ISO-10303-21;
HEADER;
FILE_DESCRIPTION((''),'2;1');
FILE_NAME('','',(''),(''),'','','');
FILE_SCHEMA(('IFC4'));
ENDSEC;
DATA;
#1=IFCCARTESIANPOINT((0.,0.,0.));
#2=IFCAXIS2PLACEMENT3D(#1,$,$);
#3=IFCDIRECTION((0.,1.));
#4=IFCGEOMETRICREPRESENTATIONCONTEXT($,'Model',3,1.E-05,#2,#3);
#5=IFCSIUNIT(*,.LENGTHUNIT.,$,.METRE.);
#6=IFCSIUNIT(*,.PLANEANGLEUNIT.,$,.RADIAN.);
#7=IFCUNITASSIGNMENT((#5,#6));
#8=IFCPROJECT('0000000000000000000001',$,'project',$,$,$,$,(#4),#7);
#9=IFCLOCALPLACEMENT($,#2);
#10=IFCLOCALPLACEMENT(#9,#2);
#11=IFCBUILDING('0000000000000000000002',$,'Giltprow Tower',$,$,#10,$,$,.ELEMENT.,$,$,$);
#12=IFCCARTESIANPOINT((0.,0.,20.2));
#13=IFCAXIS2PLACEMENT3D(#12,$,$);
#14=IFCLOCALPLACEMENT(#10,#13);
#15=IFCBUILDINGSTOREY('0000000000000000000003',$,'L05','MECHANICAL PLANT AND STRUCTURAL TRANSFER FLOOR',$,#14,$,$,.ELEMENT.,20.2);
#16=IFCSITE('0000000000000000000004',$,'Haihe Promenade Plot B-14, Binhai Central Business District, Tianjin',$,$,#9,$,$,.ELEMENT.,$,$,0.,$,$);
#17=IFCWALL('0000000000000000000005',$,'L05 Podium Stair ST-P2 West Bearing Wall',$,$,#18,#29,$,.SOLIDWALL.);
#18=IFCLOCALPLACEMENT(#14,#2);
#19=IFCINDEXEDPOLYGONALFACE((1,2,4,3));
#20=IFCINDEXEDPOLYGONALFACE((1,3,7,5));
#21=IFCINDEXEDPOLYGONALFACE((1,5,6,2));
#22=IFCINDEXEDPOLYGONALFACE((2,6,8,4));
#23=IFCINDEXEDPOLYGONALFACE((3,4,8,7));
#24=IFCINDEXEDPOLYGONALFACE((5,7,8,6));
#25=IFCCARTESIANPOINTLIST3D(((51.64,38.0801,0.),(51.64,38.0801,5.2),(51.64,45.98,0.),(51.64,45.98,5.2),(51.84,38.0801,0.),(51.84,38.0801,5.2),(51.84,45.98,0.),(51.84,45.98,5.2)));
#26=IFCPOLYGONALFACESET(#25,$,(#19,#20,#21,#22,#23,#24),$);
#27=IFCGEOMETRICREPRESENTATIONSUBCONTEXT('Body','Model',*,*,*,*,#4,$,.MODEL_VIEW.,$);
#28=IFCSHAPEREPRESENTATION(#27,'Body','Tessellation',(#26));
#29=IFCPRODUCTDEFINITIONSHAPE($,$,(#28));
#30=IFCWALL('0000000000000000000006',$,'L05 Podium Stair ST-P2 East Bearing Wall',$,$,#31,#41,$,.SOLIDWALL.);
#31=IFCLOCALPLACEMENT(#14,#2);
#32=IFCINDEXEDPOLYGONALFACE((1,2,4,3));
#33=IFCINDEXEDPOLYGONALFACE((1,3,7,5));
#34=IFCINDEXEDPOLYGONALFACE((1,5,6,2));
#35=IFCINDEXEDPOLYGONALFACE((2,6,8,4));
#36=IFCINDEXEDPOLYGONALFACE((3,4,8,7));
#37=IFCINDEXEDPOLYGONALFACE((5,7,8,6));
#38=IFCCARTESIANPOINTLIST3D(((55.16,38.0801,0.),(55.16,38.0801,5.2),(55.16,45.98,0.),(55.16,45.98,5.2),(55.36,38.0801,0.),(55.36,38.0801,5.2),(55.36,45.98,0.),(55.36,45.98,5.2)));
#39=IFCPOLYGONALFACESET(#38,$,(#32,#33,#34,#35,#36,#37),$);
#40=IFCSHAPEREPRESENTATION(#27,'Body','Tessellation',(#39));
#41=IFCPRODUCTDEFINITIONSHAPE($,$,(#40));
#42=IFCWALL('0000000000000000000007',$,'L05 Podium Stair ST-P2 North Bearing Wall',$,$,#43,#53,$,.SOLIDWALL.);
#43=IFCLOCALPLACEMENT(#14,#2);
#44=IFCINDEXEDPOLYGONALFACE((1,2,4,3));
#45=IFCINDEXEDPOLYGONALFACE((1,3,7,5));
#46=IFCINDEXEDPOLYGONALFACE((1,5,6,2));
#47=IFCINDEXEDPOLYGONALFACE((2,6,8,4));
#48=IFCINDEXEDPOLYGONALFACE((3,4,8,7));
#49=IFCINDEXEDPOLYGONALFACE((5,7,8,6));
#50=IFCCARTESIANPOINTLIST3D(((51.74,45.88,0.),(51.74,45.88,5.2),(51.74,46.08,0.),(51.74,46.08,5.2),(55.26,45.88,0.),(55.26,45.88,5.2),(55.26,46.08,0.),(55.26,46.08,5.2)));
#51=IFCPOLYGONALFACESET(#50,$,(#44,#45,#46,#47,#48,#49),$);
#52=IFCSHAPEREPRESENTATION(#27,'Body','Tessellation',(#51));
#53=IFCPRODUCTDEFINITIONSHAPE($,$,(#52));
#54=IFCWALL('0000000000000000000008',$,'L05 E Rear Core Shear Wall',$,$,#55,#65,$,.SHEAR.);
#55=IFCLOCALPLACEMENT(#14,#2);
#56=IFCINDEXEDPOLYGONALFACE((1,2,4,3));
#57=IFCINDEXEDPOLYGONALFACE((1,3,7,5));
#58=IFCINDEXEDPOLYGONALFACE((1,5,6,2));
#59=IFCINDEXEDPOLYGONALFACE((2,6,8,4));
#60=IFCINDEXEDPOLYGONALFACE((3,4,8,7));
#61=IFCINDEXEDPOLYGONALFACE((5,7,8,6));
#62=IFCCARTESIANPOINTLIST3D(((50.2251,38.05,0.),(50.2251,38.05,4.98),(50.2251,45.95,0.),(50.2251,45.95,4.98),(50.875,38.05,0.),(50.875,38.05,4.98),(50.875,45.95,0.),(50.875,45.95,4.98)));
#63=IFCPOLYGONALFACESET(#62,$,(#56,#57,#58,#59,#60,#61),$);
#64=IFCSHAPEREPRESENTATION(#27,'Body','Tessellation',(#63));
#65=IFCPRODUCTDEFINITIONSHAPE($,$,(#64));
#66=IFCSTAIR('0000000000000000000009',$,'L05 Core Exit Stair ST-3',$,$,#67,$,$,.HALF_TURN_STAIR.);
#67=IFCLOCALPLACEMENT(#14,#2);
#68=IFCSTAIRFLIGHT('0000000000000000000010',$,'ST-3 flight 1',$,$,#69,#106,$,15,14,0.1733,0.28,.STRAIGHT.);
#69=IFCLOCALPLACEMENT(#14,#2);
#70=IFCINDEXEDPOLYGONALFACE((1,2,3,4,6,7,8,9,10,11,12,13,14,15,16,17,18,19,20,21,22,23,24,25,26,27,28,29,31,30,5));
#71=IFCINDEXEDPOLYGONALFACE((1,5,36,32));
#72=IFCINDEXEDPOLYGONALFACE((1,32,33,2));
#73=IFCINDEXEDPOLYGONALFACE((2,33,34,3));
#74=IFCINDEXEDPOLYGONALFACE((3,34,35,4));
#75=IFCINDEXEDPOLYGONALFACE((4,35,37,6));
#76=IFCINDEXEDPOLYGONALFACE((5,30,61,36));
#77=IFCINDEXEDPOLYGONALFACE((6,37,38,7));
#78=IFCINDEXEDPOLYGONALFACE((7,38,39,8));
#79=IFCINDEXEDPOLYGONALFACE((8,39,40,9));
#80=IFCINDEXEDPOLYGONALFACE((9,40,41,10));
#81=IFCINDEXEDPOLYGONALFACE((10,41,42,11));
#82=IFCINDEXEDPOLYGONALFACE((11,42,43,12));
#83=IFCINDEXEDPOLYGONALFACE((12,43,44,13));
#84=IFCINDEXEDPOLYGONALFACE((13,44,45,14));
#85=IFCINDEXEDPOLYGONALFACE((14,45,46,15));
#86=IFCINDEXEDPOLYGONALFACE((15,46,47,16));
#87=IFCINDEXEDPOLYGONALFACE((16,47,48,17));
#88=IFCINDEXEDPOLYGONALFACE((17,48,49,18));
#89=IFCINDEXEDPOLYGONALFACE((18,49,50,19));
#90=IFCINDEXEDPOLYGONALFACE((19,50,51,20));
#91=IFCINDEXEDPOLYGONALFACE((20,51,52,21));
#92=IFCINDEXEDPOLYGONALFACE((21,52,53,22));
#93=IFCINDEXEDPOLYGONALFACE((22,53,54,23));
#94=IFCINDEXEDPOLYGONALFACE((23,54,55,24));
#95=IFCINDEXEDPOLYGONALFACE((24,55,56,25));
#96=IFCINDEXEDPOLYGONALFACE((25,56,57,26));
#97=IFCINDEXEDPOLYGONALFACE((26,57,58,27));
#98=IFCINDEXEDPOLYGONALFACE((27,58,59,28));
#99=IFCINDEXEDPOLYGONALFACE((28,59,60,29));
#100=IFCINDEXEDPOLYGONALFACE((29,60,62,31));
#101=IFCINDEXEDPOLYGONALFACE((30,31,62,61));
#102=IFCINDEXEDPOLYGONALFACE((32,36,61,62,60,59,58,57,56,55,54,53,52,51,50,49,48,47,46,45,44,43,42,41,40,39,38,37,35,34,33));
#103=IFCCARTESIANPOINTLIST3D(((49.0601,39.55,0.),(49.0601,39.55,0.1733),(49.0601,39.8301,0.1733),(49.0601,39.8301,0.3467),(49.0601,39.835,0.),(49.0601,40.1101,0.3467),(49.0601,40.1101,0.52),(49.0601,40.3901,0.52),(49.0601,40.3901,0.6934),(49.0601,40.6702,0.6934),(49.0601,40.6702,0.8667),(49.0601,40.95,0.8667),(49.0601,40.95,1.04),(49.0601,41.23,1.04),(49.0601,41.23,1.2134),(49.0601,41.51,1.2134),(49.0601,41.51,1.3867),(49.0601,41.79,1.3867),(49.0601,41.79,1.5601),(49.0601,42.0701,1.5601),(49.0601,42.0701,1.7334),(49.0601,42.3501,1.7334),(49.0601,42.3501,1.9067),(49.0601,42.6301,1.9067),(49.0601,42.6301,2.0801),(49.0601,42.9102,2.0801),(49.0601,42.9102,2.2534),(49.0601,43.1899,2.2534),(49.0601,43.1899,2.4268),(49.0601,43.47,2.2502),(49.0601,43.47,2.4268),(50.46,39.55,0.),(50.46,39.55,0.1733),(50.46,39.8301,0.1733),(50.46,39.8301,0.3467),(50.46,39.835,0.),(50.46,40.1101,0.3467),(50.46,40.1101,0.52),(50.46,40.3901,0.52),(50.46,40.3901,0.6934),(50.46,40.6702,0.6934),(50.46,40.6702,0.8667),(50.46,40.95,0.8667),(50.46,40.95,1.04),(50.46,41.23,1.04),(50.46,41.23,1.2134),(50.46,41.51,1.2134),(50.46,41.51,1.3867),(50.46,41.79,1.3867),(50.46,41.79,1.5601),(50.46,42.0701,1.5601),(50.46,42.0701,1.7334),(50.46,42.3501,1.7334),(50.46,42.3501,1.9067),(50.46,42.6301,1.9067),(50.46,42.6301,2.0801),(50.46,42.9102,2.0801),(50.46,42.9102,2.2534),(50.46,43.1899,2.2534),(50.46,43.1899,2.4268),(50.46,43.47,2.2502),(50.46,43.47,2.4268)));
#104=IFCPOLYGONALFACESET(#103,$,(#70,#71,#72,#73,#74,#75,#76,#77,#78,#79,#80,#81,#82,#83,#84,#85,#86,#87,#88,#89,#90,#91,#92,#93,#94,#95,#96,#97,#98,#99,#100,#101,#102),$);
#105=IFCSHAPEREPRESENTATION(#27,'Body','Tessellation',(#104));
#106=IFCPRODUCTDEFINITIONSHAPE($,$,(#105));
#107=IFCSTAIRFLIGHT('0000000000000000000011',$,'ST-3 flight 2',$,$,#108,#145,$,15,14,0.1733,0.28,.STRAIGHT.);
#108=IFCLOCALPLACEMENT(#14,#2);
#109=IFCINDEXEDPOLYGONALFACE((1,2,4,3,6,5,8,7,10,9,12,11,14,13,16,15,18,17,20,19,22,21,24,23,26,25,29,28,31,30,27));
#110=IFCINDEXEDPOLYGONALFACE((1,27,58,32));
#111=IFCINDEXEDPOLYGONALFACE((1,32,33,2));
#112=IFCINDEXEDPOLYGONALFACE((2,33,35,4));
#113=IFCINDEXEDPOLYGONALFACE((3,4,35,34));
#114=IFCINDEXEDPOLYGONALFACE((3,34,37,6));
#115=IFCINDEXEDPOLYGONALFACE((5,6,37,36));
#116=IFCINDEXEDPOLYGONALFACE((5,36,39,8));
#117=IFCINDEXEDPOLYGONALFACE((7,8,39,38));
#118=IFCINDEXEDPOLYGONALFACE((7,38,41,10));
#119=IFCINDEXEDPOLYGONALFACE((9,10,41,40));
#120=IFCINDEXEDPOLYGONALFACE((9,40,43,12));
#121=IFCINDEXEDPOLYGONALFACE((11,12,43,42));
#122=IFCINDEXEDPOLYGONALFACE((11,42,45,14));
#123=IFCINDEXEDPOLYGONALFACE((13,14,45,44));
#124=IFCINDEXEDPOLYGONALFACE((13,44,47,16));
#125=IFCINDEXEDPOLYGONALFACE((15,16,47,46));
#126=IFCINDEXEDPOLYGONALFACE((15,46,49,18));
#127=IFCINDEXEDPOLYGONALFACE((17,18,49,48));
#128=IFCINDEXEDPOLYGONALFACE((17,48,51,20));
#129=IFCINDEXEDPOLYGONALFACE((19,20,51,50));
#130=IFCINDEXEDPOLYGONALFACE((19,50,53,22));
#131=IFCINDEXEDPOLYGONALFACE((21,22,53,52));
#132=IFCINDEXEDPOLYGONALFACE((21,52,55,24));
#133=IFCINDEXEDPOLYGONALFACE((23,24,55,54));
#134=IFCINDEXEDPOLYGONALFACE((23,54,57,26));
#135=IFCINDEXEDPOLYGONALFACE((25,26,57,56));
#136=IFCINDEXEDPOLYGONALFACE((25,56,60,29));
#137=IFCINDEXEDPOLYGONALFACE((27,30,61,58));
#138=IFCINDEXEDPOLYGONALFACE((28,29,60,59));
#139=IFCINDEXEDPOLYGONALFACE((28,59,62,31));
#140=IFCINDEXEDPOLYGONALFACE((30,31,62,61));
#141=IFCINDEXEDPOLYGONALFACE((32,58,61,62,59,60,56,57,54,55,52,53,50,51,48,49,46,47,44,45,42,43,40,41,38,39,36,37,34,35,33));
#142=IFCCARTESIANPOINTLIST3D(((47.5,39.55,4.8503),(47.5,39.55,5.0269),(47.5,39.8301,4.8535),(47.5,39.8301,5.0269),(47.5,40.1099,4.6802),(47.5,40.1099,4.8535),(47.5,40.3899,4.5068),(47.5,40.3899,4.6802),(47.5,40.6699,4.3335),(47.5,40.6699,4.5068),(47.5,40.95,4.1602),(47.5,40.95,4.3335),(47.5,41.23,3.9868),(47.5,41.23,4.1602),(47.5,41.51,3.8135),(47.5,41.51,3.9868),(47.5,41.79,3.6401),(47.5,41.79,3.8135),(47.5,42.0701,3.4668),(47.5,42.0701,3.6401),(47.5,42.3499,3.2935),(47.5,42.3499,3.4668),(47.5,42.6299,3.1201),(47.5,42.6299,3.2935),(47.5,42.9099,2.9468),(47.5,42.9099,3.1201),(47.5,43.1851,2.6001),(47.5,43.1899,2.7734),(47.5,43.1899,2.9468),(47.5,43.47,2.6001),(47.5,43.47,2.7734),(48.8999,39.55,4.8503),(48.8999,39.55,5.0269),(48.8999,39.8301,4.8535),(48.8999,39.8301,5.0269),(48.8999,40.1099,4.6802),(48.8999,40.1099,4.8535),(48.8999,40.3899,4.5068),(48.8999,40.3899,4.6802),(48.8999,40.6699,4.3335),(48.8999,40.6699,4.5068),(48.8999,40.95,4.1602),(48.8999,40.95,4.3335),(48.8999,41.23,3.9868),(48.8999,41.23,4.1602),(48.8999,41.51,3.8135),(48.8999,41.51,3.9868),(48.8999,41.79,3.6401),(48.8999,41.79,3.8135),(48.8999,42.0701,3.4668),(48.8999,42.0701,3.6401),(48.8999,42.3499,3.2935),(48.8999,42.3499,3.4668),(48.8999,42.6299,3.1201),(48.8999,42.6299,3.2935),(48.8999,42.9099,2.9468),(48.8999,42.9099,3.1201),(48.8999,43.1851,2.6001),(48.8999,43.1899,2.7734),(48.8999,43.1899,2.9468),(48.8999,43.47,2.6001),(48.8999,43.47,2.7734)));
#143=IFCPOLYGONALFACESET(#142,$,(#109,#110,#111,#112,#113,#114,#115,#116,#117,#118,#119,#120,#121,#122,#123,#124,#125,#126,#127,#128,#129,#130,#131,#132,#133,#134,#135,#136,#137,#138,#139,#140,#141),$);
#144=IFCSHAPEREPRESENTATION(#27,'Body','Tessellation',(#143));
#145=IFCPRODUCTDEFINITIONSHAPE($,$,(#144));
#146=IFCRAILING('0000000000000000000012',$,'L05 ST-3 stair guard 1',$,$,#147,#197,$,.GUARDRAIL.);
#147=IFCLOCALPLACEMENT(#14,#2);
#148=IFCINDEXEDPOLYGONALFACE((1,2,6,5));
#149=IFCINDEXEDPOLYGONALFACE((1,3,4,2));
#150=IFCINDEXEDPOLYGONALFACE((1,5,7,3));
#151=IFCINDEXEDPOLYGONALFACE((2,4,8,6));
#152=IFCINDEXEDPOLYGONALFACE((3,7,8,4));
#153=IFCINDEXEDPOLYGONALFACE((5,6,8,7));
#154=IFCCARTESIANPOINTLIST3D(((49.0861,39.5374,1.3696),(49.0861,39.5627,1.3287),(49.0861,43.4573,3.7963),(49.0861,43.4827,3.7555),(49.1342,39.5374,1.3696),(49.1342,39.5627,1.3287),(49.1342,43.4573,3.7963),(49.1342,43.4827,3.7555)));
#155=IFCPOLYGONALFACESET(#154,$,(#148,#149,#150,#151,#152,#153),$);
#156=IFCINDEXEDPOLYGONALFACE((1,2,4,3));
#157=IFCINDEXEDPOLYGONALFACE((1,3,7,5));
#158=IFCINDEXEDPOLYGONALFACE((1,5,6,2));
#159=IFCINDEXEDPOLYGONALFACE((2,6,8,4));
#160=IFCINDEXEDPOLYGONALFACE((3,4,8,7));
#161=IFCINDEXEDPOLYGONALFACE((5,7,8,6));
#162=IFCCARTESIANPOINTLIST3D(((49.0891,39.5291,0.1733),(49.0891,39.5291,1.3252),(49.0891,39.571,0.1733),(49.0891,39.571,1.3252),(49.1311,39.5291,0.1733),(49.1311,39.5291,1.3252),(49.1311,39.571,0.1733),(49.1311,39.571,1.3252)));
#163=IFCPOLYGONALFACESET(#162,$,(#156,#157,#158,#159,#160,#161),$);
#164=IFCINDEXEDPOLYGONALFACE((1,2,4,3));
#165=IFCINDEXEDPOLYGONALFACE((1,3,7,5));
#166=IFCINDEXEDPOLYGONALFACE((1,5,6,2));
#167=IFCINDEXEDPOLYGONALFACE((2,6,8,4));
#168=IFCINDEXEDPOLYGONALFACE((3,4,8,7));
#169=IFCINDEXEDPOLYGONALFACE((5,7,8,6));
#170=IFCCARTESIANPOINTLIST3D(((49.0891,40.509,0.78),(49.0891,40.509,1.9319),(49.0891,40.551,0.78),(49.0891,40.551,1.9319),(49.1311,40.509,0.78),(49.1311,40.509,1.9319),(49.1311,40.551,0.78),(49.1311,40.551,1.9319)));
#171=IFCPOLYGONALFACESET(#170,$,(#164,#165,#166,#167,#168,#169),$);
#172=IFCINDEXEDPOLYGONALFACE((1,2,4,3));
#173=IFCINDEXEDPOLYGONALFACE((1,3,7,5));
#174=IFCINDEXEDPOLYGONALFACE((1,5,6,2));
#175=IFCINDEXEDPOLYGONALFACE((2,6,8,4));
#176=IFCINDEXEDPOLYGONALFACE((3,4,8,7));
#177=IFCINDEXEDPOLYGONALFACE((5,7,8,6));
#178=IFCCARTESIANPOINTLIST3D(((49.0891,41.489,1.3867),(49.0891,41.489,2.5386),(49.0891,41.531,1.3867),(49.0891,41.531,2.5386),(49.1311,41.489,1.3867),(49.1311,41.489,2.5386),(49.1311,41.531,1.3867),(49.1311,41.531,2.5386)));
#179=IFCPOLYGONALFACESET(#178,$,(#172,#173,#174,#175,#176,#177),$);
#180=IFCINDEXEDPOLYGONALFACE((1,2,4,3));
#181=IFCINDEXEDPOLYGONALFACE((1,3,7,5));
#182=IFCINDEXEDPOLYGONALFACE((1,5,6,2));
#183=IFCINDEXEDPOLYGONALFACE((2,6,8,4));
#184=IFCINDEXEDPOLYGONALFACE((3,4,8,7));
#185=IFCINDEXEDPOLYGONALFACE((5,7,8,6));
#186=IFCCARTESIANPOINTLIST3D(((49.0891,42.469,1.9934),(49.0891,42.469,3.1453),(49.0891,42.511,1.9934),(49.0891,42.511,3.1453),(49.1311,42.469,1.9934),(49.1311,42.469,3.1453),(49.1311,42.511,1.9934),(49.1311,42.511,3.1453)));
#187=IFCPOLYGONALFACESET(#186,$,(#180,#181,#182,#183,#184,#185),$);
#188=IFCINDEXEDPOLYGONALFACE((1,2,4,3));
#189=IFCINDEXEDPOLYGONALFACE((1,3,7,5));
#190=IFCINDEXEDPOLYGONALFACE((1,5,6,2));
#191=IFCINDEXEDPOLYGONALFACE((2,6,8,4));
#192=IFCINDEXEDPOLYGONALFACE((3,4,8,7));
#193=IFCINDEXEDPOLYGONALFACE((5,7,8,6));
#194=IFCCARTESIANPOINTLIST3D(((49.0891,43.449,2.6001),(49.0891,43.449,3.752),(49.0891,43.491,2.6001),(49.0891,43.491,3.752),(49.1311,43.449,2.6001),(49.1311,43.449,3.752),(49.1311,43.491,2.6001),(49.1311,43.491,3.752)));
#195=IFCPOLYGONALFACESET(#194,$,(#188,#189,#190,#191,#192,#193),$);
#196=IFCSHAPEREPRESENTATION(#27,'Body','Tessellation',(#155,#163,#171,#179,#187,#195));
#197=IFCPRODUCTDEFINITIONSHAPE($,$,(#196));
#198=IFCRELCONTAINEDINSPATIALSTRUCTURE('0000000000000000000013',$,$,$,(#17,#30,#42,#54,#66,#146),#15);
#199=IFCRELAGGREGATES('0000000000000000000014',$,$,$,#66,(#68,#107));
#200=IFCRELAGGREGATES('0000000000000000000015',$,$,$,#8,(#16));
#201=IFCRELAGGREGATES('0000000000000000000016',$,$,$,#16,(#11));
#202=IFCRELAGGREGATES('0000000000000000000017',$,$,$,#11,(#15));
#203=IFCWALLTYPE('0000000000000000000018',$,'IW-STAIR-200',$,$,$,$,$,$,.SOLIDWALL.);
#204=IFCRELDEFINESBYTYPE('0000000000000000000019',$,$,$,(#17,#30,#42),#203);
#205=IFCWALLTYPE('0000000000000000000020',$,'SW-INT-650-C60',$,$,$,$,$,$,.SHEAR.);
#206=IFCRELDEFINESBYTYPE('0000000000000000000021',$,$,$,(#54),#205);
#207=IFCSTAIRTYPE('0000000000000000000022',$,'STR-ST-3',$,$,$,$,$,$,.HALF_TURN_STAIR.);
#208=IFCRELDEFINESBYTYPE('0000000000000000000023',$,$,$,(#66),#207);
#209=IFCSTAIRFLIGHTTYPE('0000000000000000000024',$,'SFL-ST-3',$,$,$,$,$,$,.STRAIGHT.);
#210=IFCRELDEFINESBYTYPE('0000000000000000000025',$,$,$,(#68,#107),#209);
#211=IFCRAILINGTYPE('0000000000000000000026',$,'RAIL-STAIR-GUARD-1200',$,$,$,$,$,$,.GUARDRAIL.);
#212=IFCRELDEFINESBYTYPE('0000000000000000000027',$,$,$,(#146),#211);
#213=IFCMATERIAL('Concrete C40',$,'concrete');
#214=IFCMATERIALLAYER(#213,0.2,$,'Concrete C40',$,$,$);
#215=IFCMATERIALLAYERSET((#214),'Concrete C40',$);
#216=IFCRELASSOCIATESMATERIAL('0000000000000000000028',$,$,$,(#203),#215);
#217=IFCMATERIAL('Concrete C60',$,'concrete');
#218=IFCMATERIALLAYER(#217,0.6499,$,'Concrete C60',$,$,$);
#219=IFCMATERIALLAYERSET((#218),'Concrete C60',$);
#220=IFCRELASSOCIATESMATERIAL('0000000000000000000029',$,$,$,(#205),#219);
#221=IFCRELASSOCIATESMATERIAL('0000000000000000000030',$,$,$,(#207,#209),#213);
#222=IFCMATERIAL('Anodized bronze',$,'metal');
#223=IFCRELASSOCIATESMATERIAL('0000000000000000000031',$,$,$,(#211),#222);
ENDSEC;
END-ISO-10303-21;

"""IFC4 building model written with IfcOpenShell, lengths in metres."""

from ifc_helpers import new_model, si_unit, direction, frame, frame_2d, origin, origin_2d, place, context, subcontext, project, spatial, polyline, rectangle, outline, extrude, material, layer, layer_set, type_object, element, aggregate, save


model = new_model("IFC4")

# Units and contexts
model_context = context("Model", 3, precision=1e-05, world=origin(), true_north=direction((0.0, 1.0)))
body_context = subcontext(model_context, "Body", "Model", "MODEL_VIEW")
ifc_project = project(units=[si_unit("LENGTHUNIT", "METRE"), si_unit("PLANEANGLEUNIT", "RADIAN")], contexts=[model_context])

# Site, building, storey
site_placement = place(None, origin())
site = spatial("IfcSite", under=ifc_project, at=site_placement, Name="Haihe Promenade Plot B-14, Binhai Central Business District, Tianjin", CompositionType="ELEMENT", RefElevation=0.0)
building_placement = place(site_placement, origin())
building = spatial("IfcBuilding", under=site, at=building_placement, Name="Giltprow Tower", CompositionType="ELEMENT")
storey_placement = place(building_placement, frame((0.0, 0.0, 20.2)))
storey = spatial("IfcBuildingStorey", under=building, at=storey_placement, Name="L05", Description="MECHANICAL PLANT AND STRUCTURAL TRANSFER FLOOR", CompositionType="ELEMENT", Elevation=20.2)

# Shared definitions
ifc_material_1 = material(Name="Concrete C60", Category="concrete")

# Shared definitions
ifc_material_2 = material(Name="Concrete C40", Category="concrete")

# Walls
ifc_layer_1 = layer(ifc_material_2, 0.2, Name="Concrete C40")
ifc_layer_set_1 = layer_set([ifc_layer_1], Name="Concrete C40")
wall_type_1 = type_object("IfcWallType", Name="IW-STAIR-200", PredefinedType="SOLIDWALL", material=ifc_layer_set_1)
for number, where, z_axis, x_axis, name in (
    (1, (51.74, 38.0801, 0.0), (0.0, 0.0, 1.0), (0.0, 1.0, 0.0), "L05 Podium Stair ST-P2 West Bearing Wall"),
    (2, (55.26, 38.0801, 0.0), (0.0, 0.0, 1.0), (0.0, 1.0, 0.0), "L05 Podium Stair ST-P2 East Bearing Wall"),
):
    element("IfcWall", number, at=place(storey_placement, frame(where, z_axis=z_axis, x_axis=x_axis)), inside=storey, type_object=wall_type_1, Name=name, PredefinedType="SOLIDWALL", context=body_context, shape_type="SweptSolid", body=[
        extrude(rectangle(XDim=7.8999, YDim=0.2, at=frame_2d((3.95, 0.0))), origin(), (0.0, 0.0, 1.0), 5.2),
    ])
wall_1_placement = place(storey_placement, frame((51.74, 45.98, 0.0), z_axis=(0.0, 0.0, 1.0), x_axis=(1.0, 0.0, 0.0)))
element("IfcWall", 3, at=wall_1_placement, inside=storey, type_object=wall_type_1, Name="L05 Podium Stair ST-P2 North Bearing Wall", PredefinedType="SOLIDWALL", context=body_context, shape_type="SweptSolid", body=[
    extrude(rectangle(XDim=3.52, YDim=0.2, at=frame_2d((1.76, 0.0))), origin(), (0.0, 0.0, 1.0), 5.2),
])

# Wall
ifc_layer_2 = layer(ifc_material_1, 0.6499, Name="Concrete C60")
ifc_layer_set_2 = layer_set([ifc_layer_2], Name="Concrete C60")
wall_type_2 = type_object("IfcWallType", Name="SW-INT-650-C60", PredefinedType="SHEAR", material=ifc_layer_set_2)
wall_2_placement = place(storey_placement, frame((50.55, 38.05, 0.0), z_axis=(0.0, 0.0, 1.0), x_axis=(0.0, 1.0, 0.0)))
element("IfcWall", 4, at=wall_2_placement, inside=storey, type_object=wall_type_2, Name="L05 E Rear Core Shear Wall", PredefinedType="SHEAR", context=body_context, shape_type="SweptSolid", body=[
    extrude(rectangle(XDim=7.8999, YDim=0.6499, at=frame_2d((3.95, 0.0))), origin(), (0.0, 0.0, 1.0), 4.98),
])

# Stair, stair flights
stair_type = type_object("IfcStairType", Name="STR-ST-3", PredefinedType="HALF_TURN_STAIR", material=ifc_material_2)
stair_placement = place(storey_placement, origin())
stair = element("IfcStair", 5, at=stair_placement, inside=storey, type_object=stair_type, Name="L05 Core Exit Stair ST-3", PredefinedType="HALF_TURN_STAIR")
stair_flight_type = type_object("IfcStairFlightType", Name="SFL-ST-3", PredefinedType="STRAIGHT", material=ifc_material_2)
stair_flight_1_placement = place(storey_placement, frame((49.76, 39.55, 0.0), z_axis=(0.0, 0.0, 1.0), x_axis=(0.0, 1.0, 0.0)))
stair_flight_1 = element("IfcStairFlight", 6, at=stair_flight_1_placement, type_object=stair_flight_type, Name="ST-3 flight 1", NumberOfRisers=15, NumberOfTreads=14, PredefinedType="STRAIGHT", RiserHeight=0.1733, TreadLength=0.28, context=body_context, shape_type="SweptSolid", body=[
    extrude(outline(polyline([(0.0, 0.0), (0.0, 0.1733), (0.28, 0.1733), (0.28, 0.3467), (0.5601, 0.3467), (0.5601, 0.52), (0.8401, 0.52), (0.8401, 0.6934), (1.1201, 0.6934), (1.1201, 0.8667), (1.3999, 0.8667), (1.3999, 1.04), (1.6799, 1.04), (1.6799, 1.2134), (1.96, 1.2134), (1.96, 1.3867), (2.24, 1.3867), (2.24, 1.5601), (2.52, 1.5601), (2.52, 1.7334), (2.8, 1.7334), (2.8, 1.9067), (3.0801, 1.9067), (3.0801, 2.0801), (3.3601, 2.0801), (3.3601, 2.2534), (3.6399, 2.2534), (3.6399, 2.4268), (3.9199, 2.4268), (3.9199, 2.6001), (3.9199, 2.2502), (0.2849, 0.0), (0.0, 0.0)])), frame((0.0, 0.7, 0.0), z_axis=(0.0, -1.0, 0.0), x_axis=(1.0, 0.0, 0.0)), (0.0, 0.0, 1.0), 1.3999),
])
stair_flight_2_placement = place(storey_placement, frame((48.2, 43.47, 2.6001), z_axis=(0.0, 0.0, 1.0), x_axis=(0.0, -1.0, 0.0)))
stair_flight_2 = element("IfcStairFlight", 7, at=stair_flight_2_placement, type_object=stair_flight_type, Name="ST-3 flight 2", NumberOfRisers=15, NumberOfTreads=14, PredefinedType="STRAIGHT", RiserHeight=0.1733, TreadLength=0.28, context=body_context, shape_type="SweptSolid", body=[
    extrude(outline(polyline([(0.0, 0.0), (0.0, 0.1733), (0.28, 0.1733), (0.28, 0.3467), (0.5601, 0.3467), (0.5601, 0.52), (0.8401, 0.52), (0.8401, 0.6934), (1.1201, 0.6934), (1.1201, 0.8667), (1.3999, 0.8667), (1.3999, 1.04), (1.6799, 1.04), (1.6799, 1.2134), (1.96, 1.2134), (1.96, 1.3867), (2.24, 1.3867), (2.24, 1.5601), (2.52, 1.5601), (2.52, 1.7334), (2.8, 1.7334), (2.8, 1.9067), (3.0801, 1.9067), (3.0801, 2.0801), (3.3601, 2.0801), (3.3601, 2.2534), (3.6399, 2.2534), (3.6399, 2.4268), (3.9199, 2.4268), (3.9199, 2.6001), (3.9199, 2.2502), (0.2849, 0.0), (0.0, 0.0)])), frame((0.0, 0.7, 0.0), z_axis=(0.0, -1.0, 0.0), x_axis=(1.0, 0.0, 0.0)), (0.0, 0.0, 1.0), 1.3999),
])
aggregate(stair, [stair_flight_1, stair_flight_2])

# Railing
ifc_material_3 = material(Name="Anodized bronze", Category="metal")
railing_type_1 = type_object("IfcRailingType", Name="RAIL-STAIR-GUARD-1200", PredefinedType="GUARDRAIL", material=ifc_material_3)
railing_1_placement = place(storey_placement, frame((49.1101, 39.55, 0.1733)))
element("IfcRailing", 8, at=railing_1_placement, inside=storey, type_object=railing_type_1, Name="L05 ST-3 stair guard 1", PredefinedType="GUARDRAIL", context=body_context, shape_type="SweptSolid", body=[
    extrude(rectangle(XDim=0.0481, YDim=0.0481, at=origin_2d()), frame((0.0, 0.0, 1.1758), z_axis=(0.0, 0.850252, 0.526376), x_axis=(-1.0, 0.0, 0.0)), (0.0, 0.0, 1.0), 4.6104),
    extrude(rectangle(XDim=0.042, YDim=0.042, at=origin_2d()), origin(), (0.0, 0.0, 1.0), 1.1519),
    extrude(rectangle(XDim=0.042, YDim=0.042, at=origin_2d()), frame((0.0, 0.98, 0.6067)), (0.0, 0.0, 1.0), 1.1519),
    extrude(rectangle(XDim=0.042, YDim=0.042, at=origin_2d()), frame((0.0, 1.96, 1.2134)), (0.0, 0.0, 1.0), 1.1519),
    extrude(rectangle(XDim=0.042, YDim=0.042, at=origin_2d()), frame((0.0, 2.9399, 1.8201)), (0.0, 0.0, 1.0), 1.1519),
    extrude(rectangle(XDim=0.042, YDim=0.042, at=origin_2d()), frame((0.0, 3.9199, 2.4268)), (0.0, 0.0, 1.0), 1.1519),
])

save(model, "model.ifc")
